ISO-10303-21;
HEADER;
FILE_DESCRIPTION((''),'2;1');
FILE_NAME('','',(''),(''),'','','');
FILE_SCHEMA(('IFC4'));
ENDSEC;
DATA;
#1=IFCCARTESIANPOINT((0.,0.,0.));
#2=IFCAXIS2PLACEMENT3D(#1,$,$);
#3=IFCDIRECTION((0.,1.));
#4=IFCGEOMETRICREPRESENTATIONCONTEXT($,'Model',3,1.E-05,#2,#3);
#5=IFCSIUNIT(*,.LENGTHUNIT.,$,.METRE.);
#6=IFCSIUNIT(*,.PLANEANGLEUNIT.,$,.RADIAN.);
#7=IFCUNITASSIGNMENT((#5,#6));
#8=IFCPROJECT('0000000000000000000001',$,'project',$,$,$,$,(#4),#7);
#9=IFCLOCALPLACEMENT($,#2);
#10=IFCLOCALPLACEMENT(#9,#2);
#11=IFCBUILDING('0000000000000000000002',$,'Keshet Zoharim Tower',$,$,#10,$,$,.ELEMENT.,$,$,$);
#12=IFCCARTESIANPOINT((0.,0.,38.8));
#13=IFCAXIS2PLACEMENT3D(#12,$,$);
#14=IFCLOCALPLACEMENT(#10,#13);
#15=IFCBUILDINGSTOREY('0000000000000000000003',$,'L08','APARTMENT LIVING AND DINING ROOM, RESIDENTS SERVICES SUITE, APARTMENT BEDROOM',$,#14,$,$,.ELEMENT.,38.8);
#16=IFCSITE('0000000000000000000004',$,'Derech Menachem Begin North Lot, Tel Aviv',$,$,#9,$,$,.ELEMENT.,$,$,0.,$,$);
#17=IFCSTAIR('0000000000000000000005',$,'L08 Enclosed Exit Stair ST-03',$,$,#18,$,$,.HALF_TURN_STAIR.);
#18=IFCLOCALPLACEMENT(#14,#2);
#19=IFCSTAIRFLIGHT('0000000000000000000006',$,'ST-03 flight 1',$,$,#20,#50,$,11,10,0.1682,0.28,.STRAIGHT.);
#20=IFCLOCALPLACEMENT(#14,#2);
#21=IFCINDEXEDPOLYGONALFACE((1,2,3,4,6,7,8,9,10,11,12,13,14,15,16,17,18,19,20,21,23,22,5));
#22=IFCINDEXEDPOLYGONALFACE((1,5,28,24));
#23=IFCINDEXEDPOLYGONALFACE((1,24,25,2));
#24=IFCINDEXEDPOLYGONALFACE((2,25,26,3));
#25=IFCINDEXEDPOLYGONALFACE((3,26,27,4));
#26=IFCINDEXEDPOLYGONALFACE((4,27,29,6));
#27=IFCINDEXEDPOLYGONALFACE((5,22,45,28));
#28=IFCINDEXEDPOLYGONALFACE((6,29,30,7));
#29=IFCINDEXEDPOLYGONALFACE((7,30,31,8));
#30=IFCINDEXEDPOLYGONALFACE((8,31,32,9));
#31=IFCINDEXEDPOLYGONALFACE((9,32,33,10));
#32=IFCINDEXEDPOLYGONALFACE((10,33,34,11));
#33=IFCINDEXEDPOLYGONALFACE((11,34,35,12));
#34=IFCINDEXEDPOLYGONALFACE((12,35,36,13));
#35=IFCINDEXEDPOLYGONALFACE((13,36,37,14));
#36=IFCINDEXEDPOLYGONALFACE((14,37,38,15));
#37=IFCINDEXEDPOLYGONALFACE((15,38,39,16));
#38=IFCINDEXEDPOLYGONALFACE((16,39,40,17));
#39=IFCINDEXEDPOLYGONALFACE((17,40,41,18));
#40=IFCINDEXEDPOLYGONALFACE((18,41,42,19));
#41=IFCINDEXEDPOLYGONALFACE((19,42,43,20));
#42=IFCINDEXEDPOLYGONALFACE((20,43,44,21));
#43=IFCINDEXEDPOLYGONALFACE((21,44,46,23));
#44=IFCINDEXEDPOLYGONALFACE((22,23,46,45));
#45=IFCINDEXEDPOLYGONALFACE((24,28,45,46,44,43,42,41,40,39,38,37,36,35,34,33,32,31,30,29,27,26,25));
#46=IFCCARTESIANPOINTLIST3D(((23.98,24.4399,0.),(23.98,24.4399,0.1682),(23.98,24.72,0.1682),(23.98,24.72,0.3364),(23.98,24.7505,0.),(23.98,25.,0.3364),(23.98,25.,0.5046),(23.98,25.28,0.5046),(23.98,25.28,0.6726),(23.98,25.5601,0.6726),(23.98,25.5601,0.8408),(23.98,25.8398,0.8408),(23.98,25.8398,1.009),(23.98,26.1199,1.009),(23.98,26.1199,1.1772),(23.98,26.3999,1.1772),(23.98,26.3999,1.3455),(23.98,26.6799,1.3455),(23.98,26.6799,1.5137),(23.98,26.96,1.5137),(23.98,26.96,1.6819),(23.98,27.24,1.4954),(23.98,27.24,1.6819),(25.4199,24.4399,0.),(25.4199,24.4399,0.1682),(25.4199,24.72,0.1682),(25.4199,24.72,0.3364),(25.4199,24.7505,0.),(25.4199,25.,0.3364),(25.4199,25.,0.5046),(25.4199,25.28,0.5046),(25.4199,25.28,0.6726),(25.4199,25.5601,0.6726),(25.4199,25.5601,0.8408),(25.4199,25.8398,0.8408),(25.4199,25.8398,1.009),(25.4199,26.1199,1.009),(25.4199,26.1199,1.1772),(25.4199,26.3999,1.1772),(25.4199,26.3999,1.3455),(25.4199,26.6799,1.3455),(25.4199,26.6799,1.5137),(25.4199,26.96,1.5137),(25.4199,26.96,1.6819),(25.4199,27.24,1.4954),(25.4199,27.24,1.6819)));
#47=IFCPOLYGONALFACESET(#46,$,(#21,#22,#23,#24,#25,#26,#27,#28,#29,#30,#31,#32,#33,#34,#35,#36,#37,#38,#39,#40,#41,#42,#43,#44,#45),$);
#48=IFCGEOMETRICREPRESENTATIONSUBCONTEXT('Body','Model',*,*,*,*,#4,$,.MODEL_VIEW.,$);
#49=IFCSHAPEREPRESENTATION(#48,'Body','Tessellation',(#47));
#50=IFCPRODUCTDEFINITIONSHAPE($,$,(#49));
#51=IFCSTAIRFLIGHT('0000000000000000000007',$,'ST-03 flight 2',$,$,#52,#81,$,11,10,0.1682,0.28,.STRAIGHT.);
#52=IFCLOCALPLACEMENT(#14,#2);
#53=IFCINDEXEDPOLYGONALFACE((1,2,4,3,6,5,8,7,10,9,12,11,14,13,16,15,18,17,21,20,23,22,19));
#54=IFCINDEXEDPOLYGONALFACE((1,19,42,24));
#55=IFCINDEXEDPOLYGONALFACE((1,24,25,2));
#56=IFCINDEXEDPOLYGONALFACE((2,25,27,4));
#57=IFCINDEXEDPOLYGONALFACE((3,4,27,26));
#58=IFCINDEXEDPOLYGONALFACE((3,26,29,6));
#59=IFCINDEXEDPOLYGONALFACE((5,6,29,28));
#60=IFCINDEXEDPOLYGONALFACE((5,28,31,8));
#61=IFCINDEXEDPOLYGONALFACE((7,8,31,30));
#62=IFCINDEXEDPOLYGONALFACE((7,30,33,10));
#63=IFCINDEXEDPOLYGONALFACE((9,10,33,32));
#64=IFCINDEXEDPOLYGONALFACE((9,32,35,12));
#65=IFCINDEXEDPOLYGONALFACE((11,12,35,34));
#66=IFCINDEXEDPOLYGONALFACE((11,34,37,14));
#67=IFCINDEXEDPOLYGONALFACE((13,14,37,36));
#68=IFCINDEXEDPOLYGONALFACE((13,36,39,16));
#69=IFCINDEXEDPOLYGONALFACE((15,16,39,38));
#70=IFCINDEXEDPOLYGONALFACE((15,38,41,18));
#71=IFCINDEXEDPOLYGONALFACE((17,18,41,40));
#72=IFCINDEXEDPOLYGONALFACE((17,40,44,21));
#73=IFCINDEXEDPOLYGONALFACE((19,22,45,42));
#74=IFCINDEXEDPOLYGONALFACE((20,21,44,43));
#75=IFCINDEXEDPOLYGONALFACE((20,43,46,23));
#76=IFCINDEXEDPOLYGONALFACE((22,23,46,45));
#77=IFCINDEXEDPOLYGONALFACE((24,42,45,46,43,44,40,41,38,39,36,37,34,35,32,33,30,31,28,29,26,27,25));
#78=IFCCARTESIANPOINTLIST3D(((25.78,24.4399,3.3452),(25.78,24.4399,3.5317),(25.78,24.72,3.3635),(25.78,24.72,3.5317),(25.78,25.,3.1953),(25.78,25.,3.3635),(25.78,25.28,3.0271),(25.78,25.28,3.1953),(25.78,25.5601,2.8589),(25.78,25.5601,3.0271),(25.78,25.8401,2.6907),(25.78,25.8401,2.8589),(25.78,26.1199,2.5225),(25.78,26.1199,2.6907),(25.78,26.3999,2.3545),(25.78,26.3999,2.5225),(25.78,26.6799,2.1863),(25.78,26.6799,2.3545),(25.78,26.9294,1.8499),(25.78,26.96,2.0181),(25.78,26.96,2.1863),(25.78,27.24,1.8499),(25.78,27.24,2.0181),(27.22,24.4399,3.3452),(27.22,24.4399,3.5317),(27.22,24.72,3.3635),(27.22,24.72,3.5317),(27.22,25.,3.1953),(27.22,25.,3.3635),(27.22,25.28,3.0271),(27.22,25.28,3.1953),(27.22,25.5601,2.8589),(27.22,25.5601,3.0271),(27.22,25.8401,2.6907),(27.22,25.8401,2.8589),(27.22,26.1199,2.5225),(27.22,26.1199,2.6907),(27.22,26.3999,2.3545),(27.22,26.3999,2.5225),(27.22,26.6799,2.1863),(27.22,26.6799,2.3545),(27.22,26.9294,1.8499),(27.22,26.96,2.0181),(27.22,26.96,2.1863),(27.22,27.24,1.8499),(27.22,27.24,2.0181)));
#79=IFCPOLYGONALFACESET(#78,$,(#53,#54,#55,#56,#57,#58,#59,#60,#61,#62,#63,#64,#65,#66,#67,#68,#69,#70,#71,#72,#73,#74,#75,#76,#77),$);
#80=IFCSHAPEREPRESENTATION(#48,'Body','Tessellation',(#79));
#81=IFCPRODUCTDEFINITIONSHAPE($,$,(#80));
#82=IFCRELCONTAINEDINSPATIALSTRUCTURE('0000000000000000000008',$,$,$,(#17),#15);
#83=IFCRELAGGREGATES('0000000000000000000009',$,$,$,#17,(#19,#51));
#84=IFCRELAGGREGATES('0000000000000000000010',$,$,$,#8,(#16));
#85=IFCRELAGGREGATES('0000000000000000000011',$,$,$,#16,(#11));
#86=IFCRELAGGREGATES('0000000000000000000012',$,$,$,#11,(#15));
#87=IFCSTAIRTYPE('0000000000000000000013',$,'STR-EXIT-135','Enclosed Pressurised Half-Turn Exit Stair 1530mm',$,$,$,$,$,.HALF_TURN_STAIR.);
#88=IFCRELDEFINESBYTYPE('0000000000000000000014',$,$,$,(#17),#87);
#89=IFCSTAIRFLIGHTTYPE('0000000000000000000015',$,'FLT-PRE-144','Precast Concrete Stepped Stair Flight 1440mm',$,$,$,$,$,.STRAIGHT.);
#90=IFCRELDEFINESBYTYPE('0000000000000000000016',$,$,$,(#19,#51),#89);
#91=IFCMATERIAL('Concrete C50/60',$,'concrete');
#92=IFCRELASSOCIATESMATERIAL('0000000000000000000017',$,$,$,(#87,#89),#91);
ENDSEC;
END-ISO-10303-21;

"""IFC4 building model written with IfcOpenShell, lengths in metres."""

from ifc_helpers import new_model, si_unit, direction, frame, origin, place, context, subcontext, project, spatial, polyline, outline, extrude, material, type_object, element, aggregate, save


model = new_model("IFC4")

# Units and contexts
model_context = context("Model", 3, precision=1e-05, world=origin(), true_north=direction((0.0, 1.0)))
body_context = subcontext(model_context, "Body", "Model", "MODEL_VIEW")
ifc_project = project(units=[si_unit("LENGTHUNIT", "METRE"), si_unit("PLANEANGLEUNIT", "RADIAN")], contexts=[model_context])

# Site, building, storey
site_placement = place(None, origin())
site = spatial("IfcSite", under=ifc_project, at=site_placement, Name="Derech Menachem Begin North Lot, Tel Aviv", CompositionType="ELEMENT", RefElevation=0.0)
building_placement = place(site_placement, origin())
building = spatial("IfcBuilding", under=site, at=building_placement, Name="Keshet Zoharim Tower", CompositionType="ELEMENT")
storey_placement = place(building_placement, frame((0.0, 0.0, 38.8)))
storey = spatial("IfcBuildingStorey", under=building, at=storey_placement, Name="L08", Description="APARTMENT LIVING AND DINING ROOM, RESIDENTS SERVICES SUITE, APARTMENT BEDROOM", CompositionType="ELEMENT", Elevation=38.8)

# Shared definitions
ifc_material_1 = material(Name="Concrete C50/60", Category="concrete")

# Stair, stair flights
stair_type = type_object("IfcStairType", Name="STR-EXIT-135", Description="Enclosed Pressurised Half-Turn Exit Stair 1530mm", PredefinedType="HALF_TURN_STAIR", material=ifc_material_1)
stair_placement = place(storey_placement, origin())
stair = element("IfcStair", 1, at=stair_placement, inside=storey, type_object=stair_type, Name="L08 Enclosed Exit Stair ST-03", PredefinedType="HALF_TURN_STAIR")
stair_flight_type = type_object("IfcStairFlightType", Name="FLT-PRE-144", Description="Precast Concrete Stepped Stair Flight 1440mm", PredefinedType="STRAIGHT", material=ifc_material_1)
stair_flight_1_placement = place(storey_placement, frame((24.7, 24.4399, 0.0), z_axis=(0.0, 0.0, 1.0), x_axis=(0.0, 1.0, 0.0)))
stair_flight_1 = element("IfcStairFlight", 2, at=stair_flight_1_placement, type_object=stair_flight_type, Name="ST-03 flight 1", NumberOfRisers=11, NumberOfTreads=10, PredefinedType="STRAIGHT", RiserHeight=0.1682, TreadLength=0.28, context=body_context, shape_type="SweptSolid", body=[
    extrude(outline(polyline([(0.0, 0.0), (0.0, 0.1682), (0.28, 0.1682), (0.28, 0.3364), (0.5601, 0.3364), (0.5601, 0.5046), (0.8401, 0.5046), (0.8401, 0.6726), (1.1201, 0.6726), (1.1201, 0.8408), (1.3999, 0.8408), (1.3999, 1.009), (1.6799, 1.009), (1.6799, 1.1772), (1.96, 1.1772), (1.96, 1.3455), (2.24, 1.3455), (2.24, 1.5137), (2.52, 1.5137), (2.52, 1.6819), (2.8, 1.6819), (2.8, 1.8501), (2.8, 1.4954), (0.3105, 0.0), (0.0, 0.0)])), frame((0.0, 0.72, 0.0), z_axis=(0.0, -1.0, 0.0), x_axis=(1.0, 0.0, 0.0)), (0.0, 0.0, 1.0), 1.4399),
])
stair_flight_2_placement = place(storey_placement, frame((26.5, 27.24, 1.8499), z_axis=(0.0, 0.0, 1.0), x_axis=(0.0, -1.0, 0.0)))
stair_flight_2 = element("IfcStairFlight", 3, at=stair_flight_2_placement, type_object=stair_flight_type, Name="ST-03 flight 2", NumberOfRisers=11, NumberOfTreads=10, PredefinedType="STRAIGHT", RiserHeight=0.1682, TreadLength=0.28, context=body_context, shape_type="SweptSolid", body=[
    extrude(outline(polyline([(0.0, 0.0), (0.0, 0.1682), (0.28, 0.1682), (0.28, 0.3364), (0.5601, 0.3364), (0.5601, 0.5046), (0.8401, 0.5046), (0.8401, 0.6726), (1.1201, 0.6726), (1.1201, 0.8408), (1.3999, 0.8408), (1.3999, 1.009), (1.6799, 1.009), (1.6799, 1.1772), (1.96, 1.1772), (1.96, 1.3455), (2.24, 1.3455), (2.24, 1.5137), (2.52, 1.5137), (2.52, 1.6819), (2.8, 1.6819), (2.8, 1.8501), (2.8, 1.4954), (0.3105, 0.0), (0.0, 0.0)])), frame((0.0, 0.72, 0.0), z_axis=(0.0, -1.0, 0.0), x_axis=(1.0, 0.0, 0.0)), (0.0, 0.0, 1.0), 1.4399),
])
aggregate(stair, [stair_flight_1, stair_flight_2])

save(model, "model.ifc")
